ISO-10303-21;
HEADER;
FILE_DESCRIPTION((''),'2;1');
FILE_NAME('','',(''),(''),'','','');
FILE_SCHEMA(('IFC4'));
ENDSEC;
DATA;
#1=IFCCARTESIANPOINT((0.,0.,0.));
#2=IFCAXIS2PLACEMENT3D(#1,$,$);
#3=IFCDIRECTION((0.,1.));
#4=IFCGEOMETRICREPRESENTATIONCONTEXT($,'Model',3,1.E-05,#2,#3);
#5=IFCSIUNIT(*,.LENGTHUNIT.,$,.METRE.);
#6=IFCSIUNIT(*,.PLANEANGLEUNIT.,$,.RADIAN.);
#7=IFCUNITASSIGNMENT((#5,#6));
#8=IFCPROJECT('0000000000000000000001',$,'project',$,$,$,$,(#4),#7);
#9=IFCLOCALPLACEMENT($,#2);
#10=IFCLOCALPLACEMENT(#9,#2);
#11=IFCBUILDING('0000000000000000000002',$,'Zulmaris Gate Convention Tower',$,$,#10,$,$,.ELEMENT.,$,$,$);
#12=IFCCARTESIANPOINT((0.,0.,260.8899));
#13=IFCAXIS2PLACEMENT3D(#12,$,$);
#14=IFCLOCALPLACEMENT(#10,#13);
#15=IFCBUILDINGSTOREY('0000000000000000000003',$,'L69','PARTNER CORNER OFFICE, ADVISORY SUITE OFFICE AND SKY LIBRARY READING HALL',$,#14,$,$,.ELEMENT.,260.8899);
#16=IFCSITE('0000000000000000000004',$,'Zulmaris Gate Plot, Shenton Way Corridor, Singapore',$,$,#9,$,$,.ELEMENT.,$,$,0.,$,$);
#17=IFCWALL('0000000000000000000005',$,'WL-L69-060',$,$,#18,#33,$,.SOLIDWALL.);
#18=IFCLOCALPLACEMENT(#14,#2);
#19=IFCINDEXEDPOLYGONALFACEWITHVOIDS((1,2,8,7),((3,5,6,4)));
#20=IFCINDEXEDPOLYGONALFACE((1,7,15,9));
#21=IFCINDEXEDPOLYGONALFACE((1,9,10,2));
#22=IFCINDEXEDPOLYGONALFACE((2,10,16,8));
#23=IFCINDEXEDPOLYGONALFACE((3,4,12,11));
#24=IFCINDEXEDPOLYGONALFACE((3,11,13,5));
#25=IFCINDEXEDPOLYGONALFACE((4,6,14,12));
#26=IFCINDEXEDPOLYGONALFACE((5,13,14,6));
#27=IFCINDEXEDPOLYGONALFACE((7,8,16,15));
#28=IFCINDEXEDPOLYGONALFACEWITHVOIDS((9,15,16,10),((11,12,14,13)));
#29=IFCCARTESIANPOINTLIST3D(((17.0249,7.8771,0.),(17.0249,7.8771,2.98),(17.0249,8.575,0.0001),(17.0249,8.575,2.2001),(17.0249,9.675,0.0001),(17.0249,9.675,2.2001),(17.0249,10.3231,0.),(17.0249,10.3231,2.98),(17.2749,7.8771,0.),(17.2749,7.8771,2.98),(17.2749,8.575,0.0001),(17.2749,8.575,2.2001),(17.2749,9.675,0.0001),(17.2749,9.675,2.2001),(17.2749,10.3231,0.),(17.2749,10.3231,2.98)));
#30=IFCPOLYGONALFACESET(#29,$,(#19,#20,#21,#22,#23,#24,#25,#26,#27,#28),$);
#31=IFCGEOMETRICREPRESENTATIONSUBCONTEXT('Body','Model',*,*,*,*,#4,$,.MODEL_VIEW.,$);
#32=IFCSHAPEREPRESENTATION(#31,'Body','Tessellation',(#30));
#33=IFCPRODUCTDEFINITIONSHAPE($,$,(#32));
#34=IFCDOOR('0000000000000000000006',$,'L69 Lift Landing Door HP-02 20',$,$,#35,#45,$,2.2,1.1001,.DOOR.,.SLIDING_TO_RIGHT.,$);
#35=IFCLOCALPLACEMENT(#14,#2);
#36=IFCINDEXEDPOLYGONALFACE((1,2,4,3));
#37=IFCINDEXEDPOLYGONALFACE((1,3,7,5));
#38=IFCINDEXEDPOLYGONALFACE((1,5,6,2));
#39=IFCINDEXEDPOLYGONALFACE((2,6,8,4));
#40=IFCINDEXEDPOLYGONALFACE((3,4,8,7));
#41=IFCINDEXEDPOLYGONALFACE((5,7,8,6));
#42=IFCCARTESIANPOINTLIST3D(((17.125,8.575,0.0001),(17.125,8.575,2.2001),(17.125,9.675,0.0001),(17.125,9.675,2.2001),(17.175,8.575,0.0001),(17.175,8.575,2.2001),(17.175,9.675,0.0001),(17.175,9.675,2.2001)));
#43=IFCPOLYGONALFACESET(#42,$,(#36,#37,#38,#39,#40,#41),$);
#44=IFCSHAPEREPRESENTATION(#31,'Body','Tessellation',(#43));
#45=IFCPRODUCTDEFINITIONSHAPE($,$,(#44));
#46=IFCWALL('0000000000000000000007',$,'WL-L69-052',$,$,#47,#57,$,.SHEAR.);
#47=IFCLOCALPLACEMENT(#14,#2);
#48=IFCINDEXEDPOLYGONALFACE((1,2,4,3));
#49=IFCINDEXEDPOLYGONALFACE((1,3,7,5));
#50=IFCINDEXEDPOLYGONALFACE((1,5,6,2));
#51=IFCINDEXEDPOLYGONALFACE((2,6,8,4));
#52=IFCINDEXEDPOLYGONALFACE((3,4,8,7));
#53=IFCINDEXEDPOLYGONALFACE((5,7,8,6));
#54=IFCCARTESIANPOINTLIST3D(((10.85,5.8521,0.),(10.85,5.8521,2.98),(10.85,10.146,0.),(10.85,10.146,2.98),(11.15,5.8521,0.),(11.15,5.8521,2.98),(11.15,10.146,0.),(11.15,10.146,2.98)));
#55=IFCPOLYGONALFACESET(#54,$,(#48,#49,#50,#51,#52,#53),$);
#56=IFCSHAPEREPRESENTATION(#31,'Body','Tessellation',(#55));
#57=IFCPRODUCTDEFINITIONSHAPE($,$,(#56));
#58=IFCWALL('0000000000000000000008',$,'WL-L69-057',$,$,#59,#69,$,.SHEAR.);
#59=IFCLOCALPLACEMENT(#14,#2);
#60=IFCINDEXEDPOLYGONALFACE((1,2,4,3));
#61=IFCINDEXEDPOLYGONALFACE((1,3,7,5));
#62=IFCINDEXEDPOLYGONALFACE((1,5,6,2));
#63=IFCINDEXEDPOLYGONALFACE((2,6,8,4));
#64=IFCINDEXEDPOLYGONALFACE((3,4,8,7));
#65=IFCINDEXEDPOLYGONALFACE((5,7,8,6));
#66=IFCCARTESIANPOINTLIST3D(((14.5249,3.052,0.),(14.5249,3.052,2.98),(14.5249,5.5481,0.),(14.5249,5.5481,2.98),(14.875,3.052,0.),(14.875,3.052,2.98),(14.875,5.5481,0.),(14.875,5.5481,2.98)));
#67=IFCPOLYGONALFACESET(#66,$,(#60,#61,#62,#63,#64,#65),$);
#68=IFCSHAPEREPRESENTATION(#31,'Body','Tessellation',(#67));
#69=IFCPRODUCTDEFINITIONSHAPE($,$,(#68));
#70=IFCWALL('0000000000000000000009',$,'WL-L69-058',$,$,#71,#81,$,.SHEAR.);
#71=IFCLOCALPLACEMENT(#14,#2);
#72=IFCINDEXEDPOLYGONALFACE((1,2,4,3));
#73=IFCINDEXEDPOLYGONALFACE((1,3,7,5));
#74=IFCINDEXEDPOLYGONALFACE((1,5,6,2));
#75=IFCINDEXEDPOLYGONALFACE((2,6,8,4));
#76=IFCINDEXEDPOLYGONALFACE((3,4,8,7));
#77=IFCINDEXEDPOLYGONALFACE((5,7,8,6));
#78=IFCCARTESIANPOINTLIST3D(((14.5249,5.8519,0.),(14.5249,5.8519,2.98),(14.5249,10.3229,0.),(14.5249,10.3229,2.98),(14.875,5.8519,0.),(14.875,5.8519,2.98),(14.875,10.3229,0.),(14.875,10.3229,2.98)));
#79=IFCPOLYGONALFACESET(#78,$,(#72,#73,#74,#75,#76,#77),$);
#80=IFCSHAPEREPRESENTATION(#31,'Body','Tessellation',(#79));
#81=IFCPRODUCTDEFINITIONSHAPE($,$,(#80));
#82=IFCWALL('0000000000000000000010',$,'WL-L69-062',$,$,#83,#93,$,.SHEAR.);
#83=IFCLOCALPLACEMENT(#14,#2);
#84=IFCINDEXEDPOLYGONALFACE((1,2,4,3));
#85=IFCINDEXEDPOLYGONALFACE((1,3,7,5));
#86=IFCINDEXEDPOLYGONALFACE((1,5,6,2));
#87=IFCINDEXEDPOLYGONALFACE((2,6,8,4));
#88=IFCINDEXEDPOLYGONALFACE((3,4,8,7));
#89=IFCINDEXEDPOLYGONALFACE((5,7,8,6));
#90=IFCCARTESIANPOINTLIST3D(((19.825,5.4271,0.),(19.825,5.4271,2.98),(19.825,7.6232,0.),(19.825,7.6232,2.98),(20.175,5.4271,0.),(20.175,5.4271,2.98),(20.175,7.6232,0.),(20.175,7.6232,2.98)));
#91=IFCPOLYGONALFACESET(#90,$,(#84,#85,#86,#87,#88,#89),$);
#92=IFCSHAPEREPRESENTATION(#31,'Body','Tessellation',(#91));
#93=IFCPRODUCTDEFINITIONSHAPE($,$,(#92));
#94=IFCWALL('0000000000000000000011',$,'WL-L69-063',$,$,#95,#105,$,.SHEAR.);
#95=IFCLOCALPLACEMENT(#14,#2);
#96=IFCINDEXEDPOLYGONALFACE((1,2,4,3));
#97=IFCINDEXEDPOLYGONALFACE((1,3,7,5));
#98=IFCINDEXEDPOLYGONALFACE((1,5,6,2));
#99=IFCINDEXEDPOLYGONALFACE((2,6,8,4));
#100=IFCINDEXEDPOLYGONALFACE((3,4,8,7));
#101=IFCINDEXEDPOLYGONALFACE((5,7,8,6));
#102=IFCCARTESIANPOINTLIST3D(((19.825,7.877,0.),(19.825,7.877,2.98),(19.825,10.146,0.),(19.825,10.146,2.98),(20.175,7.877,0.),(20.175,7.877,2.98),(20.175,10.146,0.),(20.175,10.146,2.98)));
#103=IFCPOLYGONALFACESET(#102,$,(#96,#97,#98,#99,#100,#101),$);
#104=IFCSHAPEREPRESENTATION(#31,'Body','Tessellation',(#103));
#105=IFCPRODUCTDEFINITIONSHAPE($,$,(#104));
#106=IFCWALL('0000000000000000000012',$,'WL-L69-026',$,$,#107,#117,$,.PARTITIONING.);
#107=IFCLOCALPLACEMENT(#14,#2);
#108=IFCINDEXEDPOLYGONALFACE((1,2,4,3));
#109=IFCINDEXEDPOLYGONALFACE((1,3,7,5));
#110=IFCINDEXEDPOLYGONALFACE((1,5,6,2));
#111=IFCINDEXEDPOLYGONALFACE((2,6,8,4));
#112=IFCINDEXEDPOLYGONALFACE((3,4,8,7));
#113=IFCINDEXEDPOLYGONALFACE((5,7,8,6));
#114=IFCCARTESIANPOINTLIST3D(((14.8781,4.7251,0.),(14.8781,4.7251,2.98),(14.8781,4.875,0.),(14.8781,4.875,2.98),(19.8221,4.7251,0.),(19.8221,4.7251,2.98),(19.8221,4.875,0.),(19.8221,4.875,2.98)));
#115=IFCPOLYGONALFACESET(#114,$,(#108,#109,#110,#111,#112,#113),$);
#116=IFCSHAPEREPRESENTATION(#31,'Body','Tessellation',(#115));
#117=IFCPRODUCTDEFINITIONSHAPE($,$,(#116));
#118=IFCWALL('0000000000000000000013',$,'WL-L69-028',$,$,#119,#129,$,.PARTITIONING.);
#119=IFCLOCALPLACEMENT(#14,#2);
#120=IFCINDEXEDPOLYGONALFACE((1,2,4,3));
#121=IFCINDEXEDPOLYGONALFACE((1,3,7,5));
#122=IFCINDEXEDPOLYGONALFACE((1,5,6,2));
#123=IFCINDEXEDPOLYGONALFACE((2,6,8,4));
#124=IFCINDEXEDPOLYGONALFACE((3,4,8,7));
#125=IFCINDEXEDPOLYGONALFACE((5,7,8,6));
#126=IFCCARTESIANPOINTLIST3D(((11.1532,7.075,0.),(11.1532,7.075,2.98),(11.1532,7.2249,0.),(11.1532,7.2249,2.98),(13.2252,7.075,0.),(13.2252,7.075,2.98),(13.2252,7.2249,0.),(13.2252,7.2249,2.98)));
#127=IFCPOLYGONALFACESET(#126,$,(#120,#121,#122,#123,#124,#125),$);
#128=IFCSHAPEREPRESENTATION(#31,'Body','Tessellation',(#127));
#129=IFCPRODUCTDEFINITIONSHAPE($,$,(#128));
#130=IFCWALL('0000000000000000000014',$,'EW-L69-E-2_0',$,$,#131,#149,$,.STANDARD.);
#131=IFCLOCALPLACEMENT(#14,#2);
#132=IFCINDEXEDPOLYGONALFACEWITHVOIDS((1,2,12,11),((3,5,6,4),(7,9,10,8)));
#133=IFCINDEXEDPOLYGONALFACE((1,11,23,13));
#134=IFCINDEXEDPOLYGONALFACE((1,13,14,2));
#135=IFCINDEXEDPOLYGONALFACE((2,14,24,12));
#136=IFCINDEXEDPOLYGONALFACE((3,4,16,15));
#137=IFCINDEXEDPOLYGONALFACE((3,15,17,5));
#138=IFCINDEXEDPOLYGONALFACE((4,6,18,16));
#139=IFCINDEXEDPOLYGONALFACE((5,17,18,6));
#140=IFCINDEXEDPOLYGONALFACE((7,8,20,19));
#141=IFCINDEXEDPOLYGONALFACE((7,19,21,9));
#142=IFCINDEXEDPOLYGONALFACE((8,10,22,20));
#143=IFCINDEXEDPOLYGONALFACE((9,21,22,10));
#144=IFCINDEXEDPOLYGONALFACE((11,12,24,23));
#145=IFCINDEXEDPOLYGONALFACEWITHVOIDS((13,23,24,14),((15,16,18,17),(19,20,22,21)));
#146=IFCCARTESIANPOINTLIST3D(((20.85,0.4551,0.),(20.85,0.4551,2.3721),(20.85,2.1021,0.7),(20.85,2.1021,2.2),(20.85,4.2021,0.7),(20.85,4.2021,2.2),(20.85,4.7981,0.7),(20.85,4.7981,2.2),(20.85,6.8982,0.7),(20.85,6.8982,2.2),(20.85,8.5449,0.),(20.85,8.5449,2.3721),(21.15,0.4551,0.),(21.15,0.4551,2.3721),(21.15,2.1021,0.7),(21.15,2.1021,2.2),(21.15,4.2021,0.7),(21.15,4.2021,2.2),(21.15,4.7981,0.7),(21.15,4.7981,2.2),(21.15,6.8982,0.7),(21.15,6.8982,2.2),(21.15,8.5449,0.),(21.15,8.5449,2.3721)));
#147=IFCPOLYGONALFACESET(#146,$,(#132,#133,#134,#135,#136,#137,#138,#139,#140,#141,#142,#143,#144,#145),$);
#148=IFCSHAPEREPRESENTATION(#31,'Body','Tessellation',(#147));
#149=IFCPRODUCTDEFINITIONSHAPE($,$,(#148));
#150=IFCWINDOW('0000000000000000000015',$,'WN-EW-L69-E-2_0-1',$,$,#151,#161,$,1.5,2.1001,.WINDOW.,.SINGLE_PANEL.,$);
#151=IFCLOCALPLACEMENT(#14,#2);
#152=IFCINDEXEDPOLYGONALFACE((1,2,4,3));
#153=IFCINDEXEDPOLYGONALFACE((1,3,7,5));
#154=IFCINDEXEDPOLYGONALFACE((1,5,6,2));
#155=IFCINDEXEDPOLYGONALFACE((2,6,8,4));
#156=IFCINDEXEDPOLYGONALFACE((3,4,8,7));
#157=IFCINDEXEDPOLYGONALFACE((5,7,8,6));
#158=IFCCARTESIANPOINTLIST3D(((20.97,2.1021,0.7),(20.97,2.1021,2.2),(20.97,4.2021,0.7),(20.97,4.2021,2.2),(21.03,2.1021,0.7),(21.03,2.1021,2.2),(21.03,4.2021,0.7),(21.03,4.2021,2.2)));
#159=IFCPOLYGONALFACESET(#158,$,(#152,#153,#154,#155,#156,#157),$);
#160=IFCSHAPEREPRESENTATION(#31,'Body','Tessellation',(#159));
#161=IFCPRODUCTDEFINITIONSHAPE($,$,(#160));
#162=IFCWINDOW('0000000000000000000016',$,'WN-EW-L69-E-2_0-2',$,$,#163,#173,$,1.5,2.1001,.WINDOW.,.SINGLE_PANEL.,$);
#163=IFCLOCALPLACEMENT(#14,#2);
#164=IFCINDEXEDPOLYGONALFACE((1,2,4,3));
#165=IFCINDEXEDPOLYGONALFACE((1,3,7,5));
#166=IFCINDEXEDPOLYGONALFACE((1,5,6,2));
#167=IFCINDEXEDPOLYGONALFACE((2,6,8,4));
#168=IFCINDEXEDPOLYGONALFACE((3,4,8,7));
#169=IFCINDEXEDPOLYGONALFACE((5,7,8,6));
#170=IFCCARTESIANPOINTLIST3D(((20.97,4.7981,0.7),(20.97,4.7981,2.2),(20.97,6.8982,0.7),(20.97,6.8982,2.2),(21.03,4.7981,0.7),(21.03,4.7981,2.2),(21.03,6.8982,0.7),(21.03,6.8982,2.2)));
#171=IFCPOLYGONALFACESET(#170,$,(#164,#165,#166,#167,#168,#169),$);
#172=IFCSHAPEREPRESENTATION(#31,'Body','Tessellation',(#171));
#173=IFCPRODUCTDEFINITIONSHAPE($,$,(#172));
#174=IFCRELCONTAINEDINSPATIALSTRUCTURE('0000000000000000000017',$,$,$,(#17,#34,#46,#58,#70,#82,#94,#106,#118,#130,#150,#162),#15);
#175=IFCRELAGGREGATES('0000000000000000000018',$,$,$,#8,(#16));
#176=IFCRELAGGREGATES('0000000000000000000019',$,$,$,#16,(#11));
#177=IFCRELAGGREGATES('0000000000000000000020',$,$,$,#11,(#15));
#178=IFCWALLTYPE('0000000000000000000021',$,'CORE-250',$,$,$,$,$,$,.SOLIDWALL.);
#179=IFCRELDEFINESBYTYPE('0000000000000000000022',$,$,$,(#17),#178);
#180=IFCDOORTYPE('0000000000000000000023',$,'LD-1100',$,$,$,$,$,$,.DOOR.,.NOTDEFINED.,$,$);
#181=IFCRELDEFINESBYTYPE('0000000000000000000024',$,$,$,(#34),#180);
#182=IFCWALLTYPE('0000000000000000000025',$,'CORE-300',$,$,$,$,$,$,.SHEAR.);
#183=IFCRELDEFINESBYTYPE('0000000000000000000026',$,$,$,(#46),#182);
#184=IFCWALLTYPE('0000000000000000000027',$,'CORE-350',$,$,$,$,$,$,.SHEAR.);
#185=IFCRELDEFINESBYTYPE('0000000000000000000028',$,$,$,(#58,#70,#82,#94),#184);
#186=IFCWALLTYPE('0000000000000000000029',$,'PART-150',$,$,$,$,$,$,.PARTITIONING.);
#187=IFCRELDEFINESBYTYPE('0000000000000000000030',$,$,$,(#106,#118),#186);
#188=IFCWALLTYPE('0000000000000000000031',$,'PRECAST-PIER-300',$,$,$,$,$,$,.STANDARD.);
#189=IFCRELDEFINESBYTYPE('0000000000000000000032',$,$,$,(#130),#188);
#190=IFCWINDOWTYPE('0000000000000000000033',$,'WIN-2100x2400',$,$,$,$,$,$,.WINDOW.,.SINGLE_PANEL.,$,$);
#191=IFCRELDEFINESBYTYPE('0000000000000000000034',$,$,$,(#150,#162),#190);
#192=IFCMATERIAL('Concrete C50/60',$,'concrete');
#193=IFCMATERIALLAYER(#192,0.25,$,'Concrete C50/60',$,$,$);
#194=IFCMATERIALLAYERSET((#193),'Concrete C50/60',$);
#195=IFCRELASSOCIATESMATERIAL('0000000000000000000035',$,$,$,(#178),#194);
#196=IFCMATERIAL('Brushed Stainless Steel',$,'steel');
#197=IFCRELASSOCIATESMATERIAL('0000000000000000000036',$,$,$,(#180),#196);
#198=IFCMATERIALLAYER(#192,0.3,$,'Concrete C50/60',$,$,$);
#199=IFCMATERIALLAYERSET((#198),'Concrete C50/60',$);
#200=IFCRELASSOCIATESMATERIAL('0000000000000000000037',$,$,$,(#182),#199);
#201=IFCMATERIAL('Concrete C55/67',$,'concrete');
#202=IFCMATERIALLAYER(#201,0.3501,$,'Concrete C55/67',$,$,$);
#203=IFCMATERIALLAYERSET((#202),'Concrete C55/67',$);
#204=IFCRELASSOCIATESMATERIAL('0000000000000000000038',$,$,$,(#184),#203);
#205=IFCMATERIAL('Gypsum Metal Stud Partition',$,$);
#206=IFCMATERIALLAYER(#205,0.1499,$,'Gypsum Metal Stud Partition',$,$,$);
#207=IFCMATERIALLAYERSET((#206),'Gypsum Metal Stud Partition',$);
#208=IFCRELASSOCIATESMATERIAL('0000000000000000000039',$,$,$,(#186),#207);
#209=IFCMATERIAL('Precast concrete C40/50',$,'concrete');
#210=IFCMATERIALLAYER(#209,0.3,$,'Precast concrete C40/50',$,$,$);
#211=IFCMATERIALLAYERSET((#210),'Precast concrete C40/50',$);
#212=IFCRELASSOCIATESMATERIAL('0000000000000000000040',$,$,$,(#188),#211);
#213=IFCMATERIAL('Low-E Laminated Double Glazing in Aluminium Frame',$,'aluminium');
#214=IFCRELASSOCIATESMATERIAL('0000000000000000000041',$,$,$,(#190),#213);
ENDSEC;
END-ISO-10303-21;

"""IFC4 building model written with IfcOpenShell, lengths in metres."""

from ifc_helpers import new_model, si_unit, direction, frame, frame_2d, origin, place, context, subcontext, project, spatial, rectangle, extrude, material, layer, layer_set, type_object, element, fill, save


model = new_model("IFC4")

# Units and contexts
model_context = context("Model", 3, precision=1e-05, world=origin(), true_north=direction((0.0, 1.0)))
body_context = subcontext(model_context, "Body", "Model", "MODEL_VIEW")
ifc_project = project(units=[si_unit("LENGTHUNIT", "METRE"), si_unit("PLANEANGLEUNIT", "RADIAN")], contexts=[model_context])

# Site, building, storey
site_placement = place(None, origin())
site = spatial("IfcSite", under=ifc_project, at=site_placement, Name="Zulmaris Gate Plot, Shenton Way Corridor, Singapore", CompositionType="ELEMENT", RefElevation=0.0)
building_placement = place(site_placement, origin())
building = spatial("IfcBuilding", under=site, at=building_placement, Name="Zulmaris Gate Convention Tower", CompositionType="ELEMENT")
storey_placement = place(building_placement, frame((0.0, 0.0, 260.8899)))
storey = spatial("IfcBuildingStorey", under=building, at=storey_placement, Name="L69", Description="PARTNER CORNER OFFICE, ADVISORY SUITE OFFICE AND SKY LIBRARY READING HALL", CompositionType="ELEMENT", Elevation=260.8899)

# Shared definitions
ifc_material_1 = material(Name="Concrete C50/60", Category="concrete")

# Shared definitions
ifc_layer_1 = layer(ifc_material_1, 0.25, Name="Concrete C50/60")
ifc_layer_set_1 = layer_set([ifc_layer_1], Name="Concrete C50/60")
wall_type_1 = type_object("IfcWallType", Name="CORE-250", PredefinedType="SOLIDWALL", material=ifc_layer_set_1)

# Wall, opening, door
ifc_material_2 = material(Name="Brushed Stainless Steel", Category="steel")
door_type_1 = type_object("IfcDoorType", Name="LD-1100", OperationType="NOTDEFINED", PredefinedType="DOOR", material=ifc_material_2)
wall_1_placement = place(storey_placement, frame((17.1499, 7.877, 0.0), z_axis=(0.0, 0.0, 1.0), x_axis=(0.0, 1.0, 0.0)))
wall_1 = element("IfcWall", 1, at=wall_1_placement, inside=storey, type_object=wall_type_1, Name="WL-L69-060", PredefinedType="SOLIDWALL", context=body_context, shape_type="SweptSolid", body=[
    extrude(rectangle(XDim=2.446, YDim=0.25, at=frame_2d((1.2231, 0.0))), origin(), (0.0, 0.0, 1.0), 2.98),
])
opening_1_placement = place(wall_1_placement, frame((0.698, 0.0, 0.0)))
opening_1 = element("IfcOpeningElement", 2, at=opening_1_placement, cuts=wall_1, PredefinedType="OPENING", context=body_context, shape_type="SweptSolid", body=[
    extrude(rectangle(XDim=1.1001, YDim=2.2, at=frame_2d((0.55, 1.1001))), frame((0.0, 0.135, 0.0), z_axis=(0.0, -1.0, 0.0), x_axis=(1.0, 0.0, 0.0)), (0.0, 0.0, 1.0), 0.27),
])
door_1_placement = place(opening_1_placement, origin())
door_1 = element("IfcDoor", 3, at=door_1_placement, inside=storey, type_object=door_type_1, Name="L69 Lift Landing Door HP-02 20", OperationType="SLIDING_TO_RIGHT", OverallHeight=2.2, OverallWidth=1.1001, PredefinedType="DOOR", context=body_context, shape_type="SweptSolid", body=[
    extrude(rectangle(XDim=1.1001, YDim=2.2, at=frame_2d((0.55, 1.1001))), frame((0.0, 0.0249, 0.0), z_axis=(0.0, -1.0, 0.0), x_axis=(1.0, 0.0, 0.0)), (0.0, 0.0, 1.0), 0.05),
])
fill(opening_1, door_1)

# Walls
ifc_layer_2 = layer(ifc_material_1, 0.3, Name="Concrete C50/60")
ifc_layer_set_2 = layer_set([ifc_layer_2], Name="Concrete C50/60")
wall_type_2 = type_object("IfcWallType", Name="CORE-300", PredefinedType="SHEAR", material=ifc_layer_set_2)
wall_2_placement = place(storey_placement, frame((11.0, 5.8521, 0.0), z_axis=(0.0, 0.0, 1.0), x_axis=(0.0, 1.0, 0.0)))
element("IfcWall", 4, at=wall_2_placement, inside=storey, type_object=wall_type_2, Name="WL-L69-052", PredefinedType="SHEAR", context=body_context, shape_type="SweptSolid", body=[
    extrude(rectangle(XDim=4.2939, YDim=0.3, at=frame_2d((2.147, 0.0))), origin(), (0.0, 0.0, 1.0), 2.98),
])
ifc_material_3 = material(Name="Concrete C55/67", Category="concrete")
ifc_layer_3 = layer(ifc_material_3, 0.3501, Name="Concrete C55/67")
ifc_layer_set_3 = layer_set([ifc_layer_3], Name="Concrete C55/67")
wall_type_3 = type_object("IfcWallType", Name="CORE-350", PredefinedType="SHEAR", material=ifc_layer_set_3)
wall_3_placement = place(storey_placement, frame((14.7, 3.052, 0.0), z_axis=(0.0, 0.0, 1.0), x_axis=(0.0, 1.0, 0.0)))
element("IfcWall", 5, at=wall_3_placement, inside=storey, type_object=wall_type_3, Name="WL-L69-057", PredefinedType="SHEAR", context=body_context, shape_type="SweptSolid", body=[
    extrude(rectangle(XDim=2.4961, YDim=0.3501, at=frame_2d((1.248, 0.0))), origin(), (0.0, 0.0, 1.0), 2.98),
])
wall_4_placement = place(storey_placement, frame((14.7, 5.8521, 0.0), z_axis=(0.0, 0.0, 1.0), x_axis=(0.0, 1.0, 0.0)))
element("IfcWall", 6, at=wall_4_placement, inside=storey, type_object=wall_type_3, Name="WL-L69-058", PredefinedType="SHEAR", context=body_context, shape_type="SweptSolid", body=[
    extrude(rectangle(XDim=4.4709, YDim=0.3501, at=frame_2d((2.2354, 0.0))), origin(), (0.0, 0.0, 1.0), 2.98),
])
wall_5_placement = place(storey_placement, frame((20.0, 5.427, 0.0), z_axis=(0.0, 0.0, 1.0), x_axis=(0.0, 1.0, 0.0)))
element("IfcWall", 7, at=wall_5_placement, inside=storey, type_object=wall_type_3, Name="WL-L69-062", PredefinedType="SHEAR", context=body_context, shape_type="SweptSolid", body=[
    extrude(rectangle(XDim=2.196, YDim=0.3501, at=frame_2d((1.0981, 0.0))), origin(), (0.0, 0.0, 1.0), 2.98),
])
wall_6_placement = place(storey_placement, frame((20.0, 7.877, 0.0), z_axis=(0.0, 0.0, 1.0), x_axis=(0.0, 1.0, 0.0)))
element("IfcWall", 8, at=wall_6_placement, inside=storey, type_object=wall_type_3, Name="WL-L69-063", PredefinedType="SHEAR", context=body_context, shape_type="SweptSolid", body=[
    extrude(rectangle(XDim=2.269, YDim=0.3501, at=frame_2d((1.1345, 0.0))), origin(), (0.0, 0.0, 1.0), 2.98),
])
ifc_material_4 = material(Name="Gypsum Metal Stud Partition")
ifc_layer_4 = layer(ifc_material_4, 0.1499, Name="Gypsum Metal Stud Partition")
ifc_layer_set_4 = layer_set([ifc_layer_4], Name="Gypsum Metal Stud Partition")
wall_type_4 = type_object("IfcWallType", Name="PART-150", PredefinedType="PARTITIONING", material=ifc_layer_set_4)
wall_7_placement = place(storey_placement, frame((14.8779, 4.8, 0.0), z_axis=(0.0, 0.0, 1.0), x_axis=(1.0, 0.0, 0.0)))
element("IfcWall", 9, at=wall_7_placement, inside=storey, type_object=wall_type_4, Name="WL-L69-026", PredefinedType="PARTITIONING", context=body_context, shape_type="SweptSolid", body=[
    extrude(rectangle(XDim=4.9441, YDim=0.1499, at=frame_2d((2.4722, 0.0))), origin(), (0.0, 0.0, 1.0), 2.98),
])
wall_8_placement = place(storey_placement, frame((11.1531, 7.1499, 0.0), z_axis=(0.0, 0.0, 1.0), x_axis=(1.0, 0.0, 0.0)))
element("IfcWall", 10, at=wall_8_placement, inside=storey, type_object=wall_type_4, Name="WL-L69-028", PredefinedType="PARTITIONING", context=body_context, shape_type="SweptSolid", body=[
    extrude(rectangle(XDim=2.072, YDim=0.1499, at=frame_2d((1.0361, 0.0))), origin(), (0.0, 0.0, 1.0), 2.98),
])

# Wall, openings, windows
ifc_material_5 = material(Name="Precast concrete C40/50", Category="concrete")
ifc_layer_5 = layer(ifc_material_5, 0.3, Name="Precast concrete C40/50")
ifc_layer_set_5 = layer_set([ifc_layer_5], Name="Precast concrete C40/50")
wall_type_5 = type_object("IfcWallType", Name="PRECAST-PIER-300", PredefinedType="STANDARD", material=ifc_layer_set_5)
wall_9_placement = place(storey_placement, frame((21.0, 0.4551, 0.0), z_axis=(0.0, 0.0, 1.0), x_axis=(0.0, 1.0, 0.0)))
wall_9 = element("IfcWall", 11, at=wall_9_placement, inside=storey, type_object=wall_type_5, Name="EW-L69-E-2_0", PredefinedType="STANDARD", context=body_context, shape_type="SweptSolid", body=[
    extrude(rectangle(XDim=8.0898, YDim=0.3, at=frame_2d((4.0449, 0.0))), origin(), (0.0, 0.0, 1.0), 2.3721),
])
opening_2_placement = place(wall_9_placement, frame((1.647, 0.0, 0.7)))
opening_2 = element("IfcOpeningElement", 12, at=opening_2_placement, cuts=wall_9, PredefinedType="OPENING", context=body_context, shape_type="SweptSolid", body=[
    extrude(rectangle(XDim=2.1001, YDim=1.5, at=frame_2d((1.05, 0.75))), frame((0.0, 0.1602, 0.0), z_axis=(0.0, -1.0, 0.0), x_axis=(1.0, 0.0, 0.0)), (0.0, 0.0, 1.0), 0.3201),
])
opening_3_placement = place(wall_9_placement, frame((4.343, 0.0, 0.7)))
opening_3 = element("IfcOpeningElement", 13, at=opening_3_placement, cuts=wall_9, PredefinedType="OPENING", context=body_context, shape_type="SweptSolid", body=[
    extrude(rectangle(XDim=2.1001, YDim=1.5, at=frame_2d((1.05, 0.75))), frame((0.0, 0.1602, 0.0), z_axis=(0.0, -1.0, 0.0), x_axis=(1.0, 0.0, 0.0)), (0.0, 0.0, 1.0), 0.3201),
])
ifc_material_6 = material(Name="Low-E Laminated Double Glazing in Aluminium Frame", Category="aluminium")
window_type = type_object("IfcWindowType", Name="WIN-2100x2400", PartitioningType="SINGLE_PANEL", PredefinedType="WINDOW", material=ifc_material_6)
window_1_placement = place(opening_2_placement, origin())
window_1 = element("IfcWindow", 14, at=window_1_placement, inside=storey, type_object=window_type, Name="WN-EW-L69-E-2_0-1", OverallHeight=1.5, OverallWidth=2.1001, PartitioningType="SINGLE_PANEL", PredefinedType="WINDOW", context=body_context, shape_type="SweptSolid", body=[
    extrude(rectangle(XDim=2.1001, YDim=1.5, at=frame_2d((1.05, 0.75))), frame((0.0, 0.03, 0.0), z_axis=(0.0, -1.0, 0.0), x_axis=(1.0, 0.0, 0.0)), (0.0, 0.0, 1.0), 0.0601),
])
fill(opening_2, window_1)
window_2_placement = place(opening_3_placement, origin())
window_2 = element("IfcWindow", 15, at=window_2_placement, inside=storey, type_object=window_type, Name="WN-EW-L69-E-2_0-2", OverallHeight=1.5, OverallWidth=2.1001, PartitioningType="SINGLE_PANEL", PredefinedType="WINDOW", context=body_context, shape_type="SweptSolid", body=[
    extrude(rectangle(XDim=2.1001, YDim=1.5, at=frame_2d((1.05, 0.75))), frame((0.0, 0.03, 0.0), z_axis=(0.0, -1.0, 0.0), x_axis=(1.0, 0.0, 0.0)), (0.0, 0.0, 1.0), 0.0601),
])
fill(opening_3, window_2)

save(model, "model.ifc")
